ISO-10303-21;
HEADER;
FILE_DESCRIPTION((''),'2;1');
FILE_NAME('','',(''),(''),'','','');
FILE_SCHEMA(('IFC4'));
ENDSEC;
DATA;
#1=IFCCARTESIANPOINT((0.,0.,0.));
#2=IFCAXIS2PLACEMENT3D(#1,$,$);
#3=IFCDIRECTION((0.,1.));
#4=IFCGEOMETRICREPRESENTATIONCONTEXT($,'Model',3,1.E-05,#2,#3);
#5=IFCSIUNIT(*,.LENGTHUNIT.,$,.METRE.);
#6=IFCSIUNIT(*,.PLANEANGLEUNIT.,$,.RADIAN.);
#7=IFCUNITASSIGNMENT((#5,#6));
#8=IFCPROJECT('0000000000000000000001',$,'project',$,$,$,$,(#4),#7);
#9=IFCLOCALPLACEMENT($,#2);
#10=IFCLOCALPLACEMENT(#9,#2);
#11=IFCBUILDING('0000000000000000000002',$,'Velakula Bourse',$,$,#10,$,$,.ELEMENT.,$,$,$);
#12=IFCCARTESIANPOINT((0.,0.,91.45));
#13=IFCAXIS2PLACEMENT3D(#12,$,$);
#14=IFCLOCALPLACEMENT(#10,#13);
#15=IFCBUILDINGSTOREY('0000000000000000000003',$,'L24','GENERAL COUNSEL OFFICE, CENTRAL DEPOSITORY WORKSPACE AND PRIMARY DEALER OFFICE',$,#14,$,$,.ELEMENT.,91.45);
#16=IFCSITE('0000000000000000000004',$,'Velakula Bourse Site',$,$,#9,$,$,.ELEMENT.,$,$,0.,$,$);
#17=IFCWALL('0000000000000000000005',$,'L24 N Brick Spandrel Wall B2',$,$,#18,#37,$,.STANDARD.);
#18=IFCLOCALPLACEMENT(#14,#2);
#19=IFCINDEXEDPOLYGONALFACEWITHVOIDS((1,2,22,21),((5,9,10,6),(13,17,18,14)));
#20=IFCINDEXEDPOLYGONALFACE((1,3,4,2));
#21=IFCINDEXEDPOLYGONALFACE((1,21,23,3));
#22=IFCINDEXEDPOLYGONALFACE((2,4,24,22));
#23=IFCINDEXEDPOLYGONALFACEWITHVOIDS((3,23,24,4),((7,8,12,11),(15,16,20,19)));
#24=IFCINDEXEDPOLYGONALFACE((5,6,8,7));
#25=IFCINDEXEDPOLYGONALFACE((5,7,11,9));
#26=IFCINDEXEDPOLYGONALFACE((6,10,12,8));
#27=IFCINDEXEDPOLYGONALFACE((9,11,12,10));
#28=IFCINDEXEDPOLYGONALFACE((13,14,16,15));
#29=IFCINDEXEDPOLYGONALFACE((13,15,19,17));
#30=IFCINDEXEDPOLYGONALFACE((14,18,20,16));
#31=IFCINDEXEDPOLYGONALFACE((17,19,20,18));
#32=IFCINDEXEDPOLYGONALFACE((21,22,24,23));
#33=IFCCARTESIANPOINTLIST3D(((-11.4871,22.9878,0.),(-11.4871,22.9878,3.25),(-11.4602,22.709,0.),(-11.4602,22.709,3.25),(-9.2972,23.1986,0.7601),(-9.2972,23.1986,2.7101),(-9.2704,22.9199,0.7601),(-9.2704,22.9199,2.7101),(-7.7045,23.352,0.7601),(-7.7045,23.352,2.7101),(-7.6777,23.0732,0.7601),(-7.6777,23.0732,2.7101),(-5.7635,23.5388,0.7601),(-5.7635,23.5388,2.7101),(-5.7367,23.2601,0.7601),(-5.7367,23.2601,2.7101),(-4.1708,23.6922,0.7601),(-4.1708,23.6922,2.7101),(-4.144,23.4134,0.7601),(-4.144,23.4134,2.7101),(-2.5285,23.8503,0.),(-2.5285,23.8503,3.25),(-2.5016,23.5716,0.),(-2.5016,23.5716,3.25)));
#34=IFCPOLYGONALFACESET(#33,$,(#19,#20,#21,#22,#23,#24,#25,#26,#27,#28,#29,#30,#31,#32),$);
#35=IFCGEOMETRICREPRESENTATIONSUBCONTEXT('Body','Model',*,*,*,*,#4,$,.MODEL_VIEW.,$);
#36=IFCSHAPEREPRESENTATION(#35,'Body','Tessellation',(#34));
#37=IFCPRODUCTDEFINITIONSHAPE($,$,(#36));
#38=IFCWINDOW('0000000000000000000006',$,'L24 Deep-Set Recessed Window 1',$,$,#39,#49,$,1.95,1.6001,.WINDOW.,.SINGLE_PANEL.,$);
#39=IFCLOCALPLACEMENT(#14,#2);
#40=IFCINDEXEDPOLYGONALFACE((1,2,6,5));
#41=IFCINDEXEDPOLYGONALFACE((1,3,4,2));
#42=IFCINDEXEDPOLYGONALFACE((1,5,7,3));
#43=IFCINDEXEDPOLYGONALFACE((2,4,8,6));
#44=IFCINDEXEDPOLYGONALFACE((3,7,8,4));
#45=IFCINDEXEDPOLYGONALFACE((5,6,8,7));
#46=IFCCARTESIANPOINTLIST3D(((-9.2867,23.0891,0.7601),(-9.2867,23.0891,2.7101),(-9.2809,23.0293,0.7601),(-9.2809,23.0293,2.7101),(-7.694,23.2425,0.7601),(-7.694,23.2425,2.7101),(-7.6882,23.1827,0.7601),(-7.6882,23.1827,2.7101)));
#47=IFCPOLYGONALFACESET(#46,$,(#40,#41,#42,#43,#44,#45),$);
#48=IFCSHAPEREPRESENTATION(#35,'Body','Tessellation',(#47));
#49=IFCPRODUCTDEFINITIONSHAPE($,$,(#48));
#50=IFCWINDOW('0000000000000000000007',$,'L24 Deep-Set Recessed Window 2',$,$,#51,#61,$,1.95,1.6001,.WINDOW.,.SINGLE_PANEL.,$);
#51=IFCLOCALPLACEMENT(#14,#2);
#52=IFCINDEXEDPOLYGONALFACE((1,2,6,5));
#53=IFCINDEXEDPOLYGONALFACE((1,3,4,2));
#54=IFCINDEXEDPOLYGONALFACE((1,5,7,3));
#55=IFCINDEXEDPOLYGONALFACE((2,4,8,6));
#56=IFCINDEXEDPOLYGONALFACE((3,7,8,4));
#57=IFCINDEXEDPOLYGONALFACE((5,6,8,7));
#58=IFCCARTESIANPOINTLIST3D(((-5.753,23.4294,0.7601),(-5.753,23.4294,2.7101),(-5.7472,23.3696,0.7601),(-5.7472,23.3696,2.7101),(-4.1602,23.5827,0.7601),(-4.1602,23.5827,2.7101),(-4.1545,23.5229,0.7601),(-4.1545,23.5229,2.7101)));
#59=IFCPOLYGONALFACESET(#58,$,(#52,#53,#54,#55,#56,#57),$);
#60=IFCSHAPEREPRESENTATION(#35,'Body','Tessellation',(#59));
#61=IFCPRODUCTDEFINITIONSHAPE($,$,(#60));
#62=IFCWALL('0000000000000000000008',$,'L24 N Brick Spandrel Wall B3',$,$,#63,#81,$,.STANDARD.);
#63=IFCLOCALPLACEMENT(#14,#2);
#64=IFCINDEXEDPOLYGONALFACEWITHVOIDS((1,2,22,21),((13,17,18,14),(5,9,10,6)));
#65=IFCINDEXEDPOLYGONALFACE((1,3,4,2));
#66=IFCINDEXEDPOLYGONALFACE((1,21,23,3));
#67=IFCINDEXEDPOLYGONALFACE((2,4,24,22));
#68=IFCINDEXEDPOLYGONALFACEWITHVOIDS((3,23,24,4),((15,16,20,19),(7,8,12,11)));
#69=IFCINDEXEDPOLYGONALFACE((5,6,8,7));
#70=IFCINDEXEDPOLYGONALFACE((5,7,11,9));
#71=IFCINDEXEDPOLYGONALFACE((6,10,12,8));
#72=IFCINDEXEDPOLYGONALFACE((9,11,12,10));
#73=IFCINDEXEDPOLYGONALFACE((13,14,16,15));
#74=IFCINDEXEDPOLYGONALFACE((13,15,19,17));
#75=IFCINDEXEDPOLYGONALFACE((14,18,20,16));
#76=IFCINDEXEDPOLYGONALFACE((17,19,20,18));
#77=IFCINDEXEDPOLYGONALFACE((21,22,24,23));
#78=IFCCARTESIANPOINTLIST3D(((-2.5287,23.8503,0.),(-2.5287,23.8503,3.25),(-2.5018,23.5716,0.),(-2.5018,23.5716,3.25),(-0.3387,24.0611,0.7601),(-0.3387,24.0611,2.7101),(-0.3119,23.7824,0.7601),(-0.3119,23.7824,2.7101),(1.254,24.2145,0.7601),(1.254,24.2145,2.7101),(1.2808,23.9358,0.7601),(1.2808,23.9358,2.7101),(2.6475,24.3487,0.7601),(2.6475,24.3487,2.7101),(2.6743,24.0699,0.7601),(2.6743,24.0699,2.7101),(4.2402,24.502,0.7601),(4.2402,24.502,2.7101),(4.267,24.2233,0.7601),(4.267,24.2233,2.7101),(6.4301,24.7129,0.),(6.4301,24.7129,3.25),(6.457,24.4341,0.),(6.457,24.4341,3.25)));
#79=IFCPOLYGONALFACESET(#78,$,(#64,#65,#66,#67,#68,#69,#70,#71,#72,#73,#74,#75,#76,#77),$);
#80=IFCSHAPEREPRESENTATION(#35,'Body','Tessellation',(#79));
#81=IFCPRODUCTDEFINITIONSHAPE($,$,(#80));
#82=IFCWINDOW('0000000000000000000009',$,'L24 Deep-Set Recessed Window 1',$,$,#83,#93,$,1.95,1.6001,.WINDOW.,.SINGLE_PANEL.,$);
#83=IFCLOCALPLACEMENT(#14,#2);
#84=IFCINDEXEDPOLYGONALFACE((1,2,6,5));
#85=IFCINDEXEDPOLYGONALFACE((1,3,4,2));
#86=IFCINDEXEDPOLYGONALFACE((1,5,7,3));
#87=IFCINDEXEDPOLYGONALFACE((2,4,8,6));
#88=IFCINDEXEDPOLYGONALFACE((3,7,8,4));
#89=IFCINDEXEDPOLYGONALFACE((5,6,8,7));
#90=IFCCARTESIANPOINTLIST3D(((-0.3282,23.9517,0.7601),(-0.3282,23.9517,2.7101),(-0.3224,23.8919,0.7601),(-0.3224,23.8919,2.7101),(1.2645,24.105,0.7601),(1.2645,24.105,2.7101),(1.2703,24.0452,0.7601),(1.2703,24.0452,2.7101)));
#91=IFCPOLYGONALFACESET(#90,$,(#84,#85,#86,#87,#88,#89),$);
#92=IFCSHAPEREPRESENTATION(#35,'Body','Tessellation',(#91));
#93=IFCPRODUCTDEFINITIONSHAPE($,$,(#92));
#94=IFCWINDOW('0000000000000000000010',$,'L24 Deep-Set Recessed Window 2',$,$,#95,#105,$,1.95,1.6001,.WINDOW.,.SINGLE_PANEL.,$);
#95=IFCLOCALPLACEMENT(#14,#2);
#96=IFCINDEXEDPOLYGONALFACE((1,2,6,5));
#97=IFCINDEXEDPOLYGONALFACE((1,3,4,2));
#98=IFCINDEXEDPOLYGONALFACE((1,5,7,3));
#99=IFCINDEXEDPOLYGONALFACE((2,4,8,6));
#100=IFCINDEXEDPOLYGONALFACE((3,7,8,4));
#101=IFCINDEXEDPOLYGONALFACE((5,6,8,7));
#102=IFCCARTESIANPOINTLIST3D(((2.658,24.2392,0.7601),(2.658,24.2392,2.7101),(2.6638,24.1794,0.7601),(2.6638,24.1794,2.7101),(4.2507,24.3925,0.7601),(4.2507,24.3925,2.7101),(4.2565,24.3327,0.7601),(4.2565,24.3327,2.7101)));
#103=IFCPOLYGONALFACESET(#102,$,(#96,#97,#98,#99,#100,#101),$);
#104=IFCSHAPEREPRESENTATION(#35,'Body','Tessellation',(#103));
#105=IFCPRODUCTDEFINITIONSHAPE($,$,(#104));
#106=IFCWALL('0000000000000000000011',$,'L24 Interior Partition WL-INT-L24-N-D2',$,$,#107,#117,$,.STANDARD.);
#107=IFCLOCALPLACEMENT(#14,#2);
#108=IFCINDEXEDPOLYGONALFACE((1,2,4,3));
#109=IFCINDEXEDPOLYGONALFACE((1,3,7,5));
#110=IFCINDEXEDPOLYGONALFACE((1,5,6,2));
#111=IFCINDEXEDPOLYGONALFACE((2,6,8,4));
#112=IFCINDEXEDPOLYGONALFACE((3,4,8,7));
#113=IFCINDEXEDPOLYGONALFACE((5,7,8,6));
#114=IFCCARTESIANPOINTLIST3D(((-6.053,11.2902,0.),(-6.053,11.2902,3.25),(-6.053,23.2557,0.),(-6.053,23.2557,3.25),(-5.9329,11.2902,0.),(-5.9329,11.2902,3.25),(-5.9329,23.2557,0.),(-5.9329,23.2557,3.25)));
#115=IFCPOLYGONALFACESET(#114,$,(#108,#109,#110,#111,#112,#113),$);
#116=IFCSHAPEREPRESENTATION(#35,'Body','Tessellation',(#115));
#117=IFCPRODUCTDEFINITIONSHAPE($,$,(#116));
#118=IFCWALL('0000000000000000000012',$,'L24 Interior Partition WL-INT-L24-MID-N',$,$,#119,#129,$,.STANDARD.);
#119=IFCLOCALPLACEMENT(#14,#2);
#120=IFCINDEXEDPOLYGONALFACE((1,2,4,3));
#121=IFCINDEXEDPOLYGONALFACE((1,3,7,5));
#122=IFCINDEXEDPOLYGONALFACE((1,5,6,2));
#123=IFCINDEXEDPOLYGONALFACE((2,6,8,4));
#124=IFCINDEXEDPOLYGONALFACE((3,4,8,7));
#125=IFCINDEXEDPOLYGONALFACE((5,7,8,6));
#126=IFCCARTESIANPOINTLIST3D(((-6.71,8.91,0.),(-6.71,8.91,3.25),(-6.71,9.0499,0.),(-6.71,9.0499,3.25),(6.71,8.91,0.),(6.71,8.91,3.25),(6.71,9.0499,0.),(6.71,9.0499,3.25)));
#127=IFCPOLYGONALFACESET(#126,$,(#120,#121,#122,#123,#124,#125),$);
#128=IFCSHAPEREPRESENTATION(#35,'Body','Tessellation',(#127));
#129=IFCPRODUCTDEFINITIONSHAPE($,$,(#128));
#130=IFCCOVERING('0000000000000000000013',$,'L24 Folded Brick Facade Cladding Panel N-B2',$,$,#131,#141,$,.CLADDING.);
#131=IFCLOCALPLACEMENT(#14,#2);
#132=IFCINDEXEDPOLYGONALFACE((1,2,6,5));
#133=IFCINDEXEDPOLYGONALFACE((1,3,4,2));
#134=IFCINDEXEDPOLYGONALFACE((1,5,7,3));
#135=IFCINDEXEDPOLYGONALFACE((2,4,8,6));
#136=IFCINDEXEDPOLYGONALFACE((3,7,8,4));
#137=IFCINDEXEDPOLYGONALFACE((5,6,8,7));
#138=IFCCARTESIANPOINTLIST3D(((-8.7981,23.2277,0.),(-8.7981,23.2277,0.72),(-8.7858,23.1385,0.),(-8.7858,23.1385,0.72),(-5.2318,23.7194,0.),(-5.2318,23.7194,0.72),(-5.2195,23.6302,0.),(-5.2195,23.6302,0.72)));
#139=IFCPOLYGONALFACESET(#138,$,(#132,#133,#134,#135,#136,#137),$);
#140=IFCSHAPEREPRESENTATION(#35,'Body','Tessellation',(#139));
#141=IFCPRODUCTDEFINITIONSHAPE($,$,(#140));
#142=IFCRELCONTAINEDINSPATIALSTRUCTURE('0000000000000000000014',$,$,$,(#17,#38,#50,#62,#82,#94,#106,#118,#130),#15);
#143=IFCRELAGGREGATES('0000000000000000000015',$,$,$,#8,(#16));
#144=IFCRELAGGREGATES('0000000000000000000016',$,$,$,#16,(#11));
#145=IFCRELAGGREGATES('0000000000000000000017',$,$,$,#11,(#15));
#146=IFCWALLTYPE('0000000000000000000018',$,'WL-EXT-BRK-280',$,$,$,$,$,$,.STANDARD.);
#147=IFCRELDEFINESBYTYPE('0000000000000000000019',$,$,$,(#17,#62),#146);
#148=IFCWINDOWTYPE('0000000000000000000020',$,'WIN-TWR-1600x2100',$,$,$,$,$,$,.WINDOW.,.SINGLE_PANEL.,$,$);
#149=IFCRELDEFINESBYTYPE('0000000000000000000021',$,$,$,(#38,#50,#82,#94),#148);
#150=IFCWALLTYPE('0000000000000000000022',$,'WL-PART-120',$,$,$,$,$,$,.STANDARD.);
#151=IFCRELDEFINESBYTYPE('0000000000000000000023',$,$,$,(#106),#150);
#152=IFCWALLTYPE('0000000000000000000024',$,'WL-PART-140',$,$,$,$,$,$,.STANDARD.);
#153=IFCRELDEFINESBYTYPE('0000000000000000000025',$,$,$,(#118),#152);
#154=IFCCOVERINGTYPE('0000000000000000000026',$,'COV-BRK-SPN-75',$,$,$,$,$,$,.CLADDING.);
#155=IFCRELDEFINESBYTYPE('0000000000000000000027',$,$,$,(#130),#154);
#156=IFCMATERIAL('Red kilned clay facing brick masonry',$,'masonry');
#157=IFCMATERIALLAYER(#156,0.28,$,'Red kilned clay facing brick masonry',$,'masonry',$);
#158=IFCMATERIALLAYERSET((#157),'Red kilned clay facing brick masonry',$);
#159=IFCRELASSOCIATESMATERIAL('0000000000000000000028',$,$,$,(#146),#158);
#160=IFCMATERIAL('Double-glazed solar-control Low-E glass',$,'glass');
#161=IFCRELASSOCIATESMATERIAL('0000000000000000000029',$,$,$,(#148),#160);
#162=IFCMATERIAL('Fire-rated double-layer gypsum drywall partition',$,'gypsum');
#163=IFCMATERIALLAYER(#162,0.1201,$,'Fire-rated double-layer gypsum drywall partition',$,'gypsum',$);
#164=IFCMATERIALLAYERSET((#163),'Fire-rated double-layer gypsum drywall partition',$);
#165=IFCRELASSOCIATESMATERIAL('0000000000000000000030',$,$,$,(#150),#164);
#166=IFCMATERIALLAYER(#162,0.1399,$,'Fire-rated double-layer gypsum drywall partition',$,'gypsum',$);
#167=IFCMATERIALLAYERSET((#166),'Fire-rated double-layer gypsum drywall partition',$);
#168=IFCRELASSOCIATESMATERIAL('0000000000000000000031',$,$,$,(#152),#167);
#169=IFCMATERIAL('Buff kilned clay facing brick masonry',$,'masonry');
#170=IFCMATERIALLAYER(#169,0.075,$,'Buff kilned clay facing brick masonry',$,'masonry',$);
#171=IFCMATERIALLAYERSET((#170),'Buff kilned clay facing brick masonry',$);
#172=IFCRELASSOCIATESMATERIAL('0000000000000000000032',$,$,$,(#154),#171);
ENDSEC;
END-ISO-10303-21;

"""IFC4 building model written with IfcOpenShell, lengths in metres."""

from ifc_helpers import new_model, si_unit, direction, frame, frame_2d, origin, origin_2d, place, context, subcontext, project, spatial, rectangle, extrude, material, layer, layer_set, type_object, element, fill, save


model = new_model("IFC4")

# Units and contexts
model_context = context("Model", 3, precision=1e-05, world=origin(), true_north=direction((0.0, 1.0)))
body_context = subcontext(model_context, "Body", "Model", "MODEL_VIEW")
ifc_project = project(units=[si_unit("LENGTHUNIT", "METRE"), si_unit("PLANEANGLEUNIT", "RADIAN")], contexts=[model_context])

# Site, building, storey
site_placement = place(None, origin())
site = spatial("IfcSite", under=ifc_project, at=site_placement, Name="Velakula Bourse Site", CompositionType="ELEMENT", RefElevation=0.0)
building_placement = place(site_placement, origin())
building = spatial("IfcBuilding", under=site, at=building_placement, Name="Velakula Bourse", CompositionType="ELEMENT")
storey_placement = place(building_placement, frame((0.0, 0.0, 91.45)))
storey = spatial("IfcBuildingStorey", under=building, at=storey_placement, Name="L24", Description="GENERAL COUNSEL OFFICE, CENTRAL DEPOSITORY WORKSPACE AND PRIMARY DEALER OFFICE", CompositionType="ELEMENT", Elevation=91.45)

# Walls, openings, windows
ifc_material_1 = material(Name="Red kilned clay facing brick masonry", Category="masonry")
ifc_layer_1 = layer(ifc_material_1, 0.28, Name="Red kilned clay facing brick masonry", Category="masonry")
ifc_layer_set_1 = layer_set([ifc_layer_1], Name="Red kilned clay facing brick masonry")
wall_type_1 = type_object("IfcWallType", Name="WL-EXT-BRK-280", PredefinedType="STANDARD", material=ifc_layer_set_1)
wall_1_placement = place(storey_placement, frame((-11.4736, 22.8484, 0.0), z_axis=(0.0, 0.0, 1.0), x_axis=(0.995397, 0.09584, 0.0)))
wall_1 = element("IfcWall", 1, at=wall_1_placement, inside=storey, type_object=wall_type_1, Name="L24 N Brick Spandrel Wall B2", PredefinedType="STANDARD", context=body_context, shape_type="SweptSolid", body=[
    extrude(rectangle(XDim=9.0, YDim=0.28, at=frame_2d((4.5, 0.0))), origin(), (0.0, 0.0, 1.0), 3.25),
])
opening_1_placement = place(wall_1_placement, frame((2.2, 0.0, 0.76)))
opening_1 = element("IfcOpeningElement", 2, at=opening_1_placement, cuts=wall_1, PredefinedType="OPENING", context=body_context, shape_type="SweptSolid", body=[
    extrude(rectangle(XDim=1.6001, YDim=1.95, at=frame_2d((0.8, 0.9751))), frame((0.0, 0.1499, 0.0), z_axis=(0.0, -1.0, 0.0), x_axis=(1.0, 0.0, 0.0)), (0.0, 0.0, 1.0), 0.3),
])
opening_2_placement = place(wall_1_placement, frame((5.75, 0.0, 0.76)))
opening_2 = element("IfcOpeningElement", 3, at=opening_2_placement, cuts=wall_1, PredefinedType="OPENING", context=body_context, shape_type="SweptSolid", body=[
    extrude(rectangle(XDim=1.6001, YDim=1.95, at=frame_2d((0.8, 0.9751))), frame((0.0, 0.1499, 0.0), z_axis=(0.0, -1.0, 0.0), x_axis=(1.0, 0.0, 0.0)), (0.0, 0.0, 1.0), 0.3),
])
ifc_material_2 = material(Name="Double-glazed solar-control Low-E glass", Category="glass")
window_type = type_object("IfcWindowType", Name="WIN-TWR-1600x2100", PartitioningType="SINGLE_PANEL", PredefinedType="WINDOW", material=ifc_material_2)
window_1_placement = place(opening_1_placement, origin())
window_1 = element("IfcWindow", 4, at=window_1_placement, inside=storey, type_object=window_type, Name="L24 Deep-Set Recessed Window 1", OverallHeight=1.95, OverallWidth=1.6001, PartitioningType="SINGLE_PANEL", PredefinedType="WINDOW", context=body_context, shape_type="SweptSolid", body=[
    extrude(rectangle(XDim=1.6001, YDim=1.95, at=frame_2d((0.8, 0.9751))), frame((0.0, 0.03, 0.0), z_axis=(0.0, -1.0, 0.0), x_axis=(1.0, 0.0, 0.0)), (0.0, 0.0, 1.0), 0.0601),
])
fill(opening_1, window_1)
window_2_placement = place(opening_2_placement, origin())
window_2 = element("IfcWindow", 5, at=window_2_placement, inside=storey, type_object=window_type, Name="L24 Deep-Set Recessed Window 2", OverallHeight=1.95, OverallWidth=1.6001, PartitioningType="SINGLE_PANEL", PredefinedType="WINDOW", context=body_context, shape_type="SweptSolid", body=[
    extrude(rectangle(XDim=1.6001, YDim=1.95, at=frame_2d((0.8, 0.9751))), frame((0.0, 0.03, 0.0), z_axis=(0.0, -1.0, 0.0), x_axis=(1.0, 0.0, 0.0)), (0.0, 0.0, 1.0), 0.0601),
])
fill(opening_2, window_2)
wall_2_placement = place(storey_placement, frame((-2.5151, 23.7109, 0.0), z_axis=(0.0, 0.0, 1.0), x_axis=(0.995397, 0.095837, 0.0)))
wall_2 = element("IfcWall", 6, at=wall_2_placement, inside=storey, type_object=wall_type_1, Name="L24 N Brick Spandrel Wall B3", PredefinedType="STANDARD", context=body_context, shape_type="SweptSolid", body=[
    extrude(rectangle(XDim=9.0002, YDim=0.28, at=frame_2d((4.5, 0.0))), origin(), (0.0, 0.0, 1.0), 3.25),
])
opening_3_placement = place(wall_2_placement, frame((2.2, 0.0, 0.76)))
opening_3 = element("IfcOpeningElement", 7, at=opening_3_placement, cuts=wall_2, PredefinedType="OPENING", context=body_context, shape_type="SweptSolid", body=[
    extrude(rectangle(XDim=1.6001, YDim=1.95, at=frame_2d((0.8, 0.9751))), frame((0.0, 0.1499, 0.0), z_axis=(0.0, -1.0, 0.0), x_axis=(1.0, 0.0, 0.0)), (0.0, 0.0, 1.0), 0.3),
])
opening_4_placement = place(wall_2_placement, frame((5.2, 0.0, 0.76)))
opening_4 = element("IfcOpeningElement", 8, at=opening_4_placement, cuts=wall_2, PredefinedType="OPENING", context=body_context, shape_type="SweptSolid", body=[
    extrude(rectangle(XDim=1.6001, YDim=1.95, at=frame_2d((0.8, 0.9751))), frame((0.0, 0.1499, 0.0), z_axis=(0.0, -1.0, 0.0), x_axis=(1.0, 0.0, 0.0)), (0.0, 0.0, 1.0), 0.3),
])
window_3_placement = place(opening_3_placement, origin())
window_3 = element("IfcWindow", 9, at=window_3_placement, inside=storey, type_object=window_type, Name="L24 Deep-Set Recessed Window 1", OverallHeight=1.95, OverallWidth=1.6001, PartitioningType="SINGLE_PANEL", PredefinedType="WINDOW", context=body_context, shape_type="SweptSolid", body=[
    extrude(rectangle(XDim=1.6001, YDim=1.95, at=frame_2d((0.8, 0.9751))), frame((0.0, 0.03, 0.0), z_axis=(0.0, -1.0, 0.0), x_axis=(1.0, 0.0, 0.0)), (0.0, 0.0, 1.0), 0.0601),
])
fill(opening_3, window_3)
window_4_placement = place(opening_4_placement, origin())
window_4 = element("IfcWindow", 10, at=window_4_placement, inside=storey, type_object=window_type, Name="L24 Deep-Set Recessed Window 2", OverallHeight=1.95, OverallWidth=1.6001, PartitioningType="SINGLE_PANEL", PredefinedType="WINDOW", context=body_context, shape_type="SweptSolid", body=[
    extrude(rectangle(XDim=1.6001, YDim=1.95, at=frame_2d((0.8, 0.9751))), frame((0.0, 0.03, 0.0), z_axis=(0.0, -1.0, 0.0), x_axis=(1.0, 0.0, 0.0)), (0.0, 0.0, 1.0), 0.0601),
])
fill(opening_4, window_4)

# Walls
ifc_material_3 = material(Name="Fire-rated double-layer gypsum drywall partition", Category="gypsum")
ifc_layer_2 = layer(ifc_material_3, 0.1201, Name="Fire-rated double-layer gypsum drywall partition", Category="gypsum")
ifc_layer_set_2 = layer_set([ifc_layer_2], Name="Fire-rated double-layer gypsum drywall partition")
wall_type_2 = type_object("IfcWallType", Name="WL-PART-120", PredefinedType="STANDARD", material=ifc_layer_set_2)
wall_3_placement = place(storey_placement, frame((-5.9929, 11.29, 0.0), z_axis=(0.0, 0.0, 1.0), x_axis=(0.0, 1.0, 0.0)))
element("IfcWall", 11, at=wall_3_placement, inside=storey, type_object=wall_type_2, Name="L24 Interior Partition WL-INT-L24-N-D2", PredefinedType="STANDARD", context=body_context, shape_type="SweptSolid", body=[
    extrude(rectangle(XDim=11.9656, YDim=0.1201, at=frame_2d((5.9829, 0.0))), origin(), (0.0, 0.0, 1.0), 3.25),
])
ifc_layer_3 = layer(ifc_material_3, 0.1399, Name="Fire-rated double-layer gypsum drywall partition", Category="gypsum")
ifc_layer_set_3 = layer_set([ifc_layer_3], Name="Fire-rated double-layer gypsum drywall partition")
wall_type_3 = type_object("IfcWallType", Name="WL-PART-140", PredefinedType="STANDARD", material=ifc_layer_set_3)
wall_4_placement = place(storey_placement, frame((-6.71, 8.98, 0.0), z_axis=(0.0, 0.0, 1.0), x_axis=(1.0, 0.0, 0.0)))
element("IfcWall", 12, at=wall_4_placement, inside=storey, type_object=wall_type_3, Name="L24 Interior Partition WL-INT-L24-MID-N", PredefinedType="STANDARD", context=body_context, shape_type="SweptSolid", body=[
    extrude(rectangle(XDim=13.4199, YDim=0.1399, at=frame_2d((6.71, 0.0))), origin(), (0.0, 0.0, 1.0), 3.25),
])

# Covering
ifc_material_4 = material(Name="Buff kilned clay facing brick masonry", Category="masonry")
ifc_layer_4 = layer(ifc_material_4, 0.075, Name="Buff kilned clay facing brick masonry", Category="masonry")
ifc_layer_set_4 = layer_set([ifc_layer_4], Name="Buff kilned clay facing brick masonry")
covering_type = type_object("IfcCoveringType", Name="COV-BRK-SPN-75", PredefinedType="CLADDING", material=ifc_layer_set_4)
covering_placement = place(storey_placement, frame((-7.0088, 23.429, 0.0), z_axis=(0.0, 0.0, 1.0), x_axis=(0.990629, 0.13658, 0.0)))
element("IfcCovering", 13, at=covering_placement, inside=storey, type_object=covering_type, Name="L24 Folded Brick Facade Cladding Panel N-B2", PredefinedType="CLADDING", context=body_context, shape_type="SweptSolid", body=[
    extrude(rectangle(XDim=3.6001, YDim=0.0901, at=origin_2d()), origin(), (0.0, 0.0, 1.0), 0.72),
])

save(model, "model.ifc")
